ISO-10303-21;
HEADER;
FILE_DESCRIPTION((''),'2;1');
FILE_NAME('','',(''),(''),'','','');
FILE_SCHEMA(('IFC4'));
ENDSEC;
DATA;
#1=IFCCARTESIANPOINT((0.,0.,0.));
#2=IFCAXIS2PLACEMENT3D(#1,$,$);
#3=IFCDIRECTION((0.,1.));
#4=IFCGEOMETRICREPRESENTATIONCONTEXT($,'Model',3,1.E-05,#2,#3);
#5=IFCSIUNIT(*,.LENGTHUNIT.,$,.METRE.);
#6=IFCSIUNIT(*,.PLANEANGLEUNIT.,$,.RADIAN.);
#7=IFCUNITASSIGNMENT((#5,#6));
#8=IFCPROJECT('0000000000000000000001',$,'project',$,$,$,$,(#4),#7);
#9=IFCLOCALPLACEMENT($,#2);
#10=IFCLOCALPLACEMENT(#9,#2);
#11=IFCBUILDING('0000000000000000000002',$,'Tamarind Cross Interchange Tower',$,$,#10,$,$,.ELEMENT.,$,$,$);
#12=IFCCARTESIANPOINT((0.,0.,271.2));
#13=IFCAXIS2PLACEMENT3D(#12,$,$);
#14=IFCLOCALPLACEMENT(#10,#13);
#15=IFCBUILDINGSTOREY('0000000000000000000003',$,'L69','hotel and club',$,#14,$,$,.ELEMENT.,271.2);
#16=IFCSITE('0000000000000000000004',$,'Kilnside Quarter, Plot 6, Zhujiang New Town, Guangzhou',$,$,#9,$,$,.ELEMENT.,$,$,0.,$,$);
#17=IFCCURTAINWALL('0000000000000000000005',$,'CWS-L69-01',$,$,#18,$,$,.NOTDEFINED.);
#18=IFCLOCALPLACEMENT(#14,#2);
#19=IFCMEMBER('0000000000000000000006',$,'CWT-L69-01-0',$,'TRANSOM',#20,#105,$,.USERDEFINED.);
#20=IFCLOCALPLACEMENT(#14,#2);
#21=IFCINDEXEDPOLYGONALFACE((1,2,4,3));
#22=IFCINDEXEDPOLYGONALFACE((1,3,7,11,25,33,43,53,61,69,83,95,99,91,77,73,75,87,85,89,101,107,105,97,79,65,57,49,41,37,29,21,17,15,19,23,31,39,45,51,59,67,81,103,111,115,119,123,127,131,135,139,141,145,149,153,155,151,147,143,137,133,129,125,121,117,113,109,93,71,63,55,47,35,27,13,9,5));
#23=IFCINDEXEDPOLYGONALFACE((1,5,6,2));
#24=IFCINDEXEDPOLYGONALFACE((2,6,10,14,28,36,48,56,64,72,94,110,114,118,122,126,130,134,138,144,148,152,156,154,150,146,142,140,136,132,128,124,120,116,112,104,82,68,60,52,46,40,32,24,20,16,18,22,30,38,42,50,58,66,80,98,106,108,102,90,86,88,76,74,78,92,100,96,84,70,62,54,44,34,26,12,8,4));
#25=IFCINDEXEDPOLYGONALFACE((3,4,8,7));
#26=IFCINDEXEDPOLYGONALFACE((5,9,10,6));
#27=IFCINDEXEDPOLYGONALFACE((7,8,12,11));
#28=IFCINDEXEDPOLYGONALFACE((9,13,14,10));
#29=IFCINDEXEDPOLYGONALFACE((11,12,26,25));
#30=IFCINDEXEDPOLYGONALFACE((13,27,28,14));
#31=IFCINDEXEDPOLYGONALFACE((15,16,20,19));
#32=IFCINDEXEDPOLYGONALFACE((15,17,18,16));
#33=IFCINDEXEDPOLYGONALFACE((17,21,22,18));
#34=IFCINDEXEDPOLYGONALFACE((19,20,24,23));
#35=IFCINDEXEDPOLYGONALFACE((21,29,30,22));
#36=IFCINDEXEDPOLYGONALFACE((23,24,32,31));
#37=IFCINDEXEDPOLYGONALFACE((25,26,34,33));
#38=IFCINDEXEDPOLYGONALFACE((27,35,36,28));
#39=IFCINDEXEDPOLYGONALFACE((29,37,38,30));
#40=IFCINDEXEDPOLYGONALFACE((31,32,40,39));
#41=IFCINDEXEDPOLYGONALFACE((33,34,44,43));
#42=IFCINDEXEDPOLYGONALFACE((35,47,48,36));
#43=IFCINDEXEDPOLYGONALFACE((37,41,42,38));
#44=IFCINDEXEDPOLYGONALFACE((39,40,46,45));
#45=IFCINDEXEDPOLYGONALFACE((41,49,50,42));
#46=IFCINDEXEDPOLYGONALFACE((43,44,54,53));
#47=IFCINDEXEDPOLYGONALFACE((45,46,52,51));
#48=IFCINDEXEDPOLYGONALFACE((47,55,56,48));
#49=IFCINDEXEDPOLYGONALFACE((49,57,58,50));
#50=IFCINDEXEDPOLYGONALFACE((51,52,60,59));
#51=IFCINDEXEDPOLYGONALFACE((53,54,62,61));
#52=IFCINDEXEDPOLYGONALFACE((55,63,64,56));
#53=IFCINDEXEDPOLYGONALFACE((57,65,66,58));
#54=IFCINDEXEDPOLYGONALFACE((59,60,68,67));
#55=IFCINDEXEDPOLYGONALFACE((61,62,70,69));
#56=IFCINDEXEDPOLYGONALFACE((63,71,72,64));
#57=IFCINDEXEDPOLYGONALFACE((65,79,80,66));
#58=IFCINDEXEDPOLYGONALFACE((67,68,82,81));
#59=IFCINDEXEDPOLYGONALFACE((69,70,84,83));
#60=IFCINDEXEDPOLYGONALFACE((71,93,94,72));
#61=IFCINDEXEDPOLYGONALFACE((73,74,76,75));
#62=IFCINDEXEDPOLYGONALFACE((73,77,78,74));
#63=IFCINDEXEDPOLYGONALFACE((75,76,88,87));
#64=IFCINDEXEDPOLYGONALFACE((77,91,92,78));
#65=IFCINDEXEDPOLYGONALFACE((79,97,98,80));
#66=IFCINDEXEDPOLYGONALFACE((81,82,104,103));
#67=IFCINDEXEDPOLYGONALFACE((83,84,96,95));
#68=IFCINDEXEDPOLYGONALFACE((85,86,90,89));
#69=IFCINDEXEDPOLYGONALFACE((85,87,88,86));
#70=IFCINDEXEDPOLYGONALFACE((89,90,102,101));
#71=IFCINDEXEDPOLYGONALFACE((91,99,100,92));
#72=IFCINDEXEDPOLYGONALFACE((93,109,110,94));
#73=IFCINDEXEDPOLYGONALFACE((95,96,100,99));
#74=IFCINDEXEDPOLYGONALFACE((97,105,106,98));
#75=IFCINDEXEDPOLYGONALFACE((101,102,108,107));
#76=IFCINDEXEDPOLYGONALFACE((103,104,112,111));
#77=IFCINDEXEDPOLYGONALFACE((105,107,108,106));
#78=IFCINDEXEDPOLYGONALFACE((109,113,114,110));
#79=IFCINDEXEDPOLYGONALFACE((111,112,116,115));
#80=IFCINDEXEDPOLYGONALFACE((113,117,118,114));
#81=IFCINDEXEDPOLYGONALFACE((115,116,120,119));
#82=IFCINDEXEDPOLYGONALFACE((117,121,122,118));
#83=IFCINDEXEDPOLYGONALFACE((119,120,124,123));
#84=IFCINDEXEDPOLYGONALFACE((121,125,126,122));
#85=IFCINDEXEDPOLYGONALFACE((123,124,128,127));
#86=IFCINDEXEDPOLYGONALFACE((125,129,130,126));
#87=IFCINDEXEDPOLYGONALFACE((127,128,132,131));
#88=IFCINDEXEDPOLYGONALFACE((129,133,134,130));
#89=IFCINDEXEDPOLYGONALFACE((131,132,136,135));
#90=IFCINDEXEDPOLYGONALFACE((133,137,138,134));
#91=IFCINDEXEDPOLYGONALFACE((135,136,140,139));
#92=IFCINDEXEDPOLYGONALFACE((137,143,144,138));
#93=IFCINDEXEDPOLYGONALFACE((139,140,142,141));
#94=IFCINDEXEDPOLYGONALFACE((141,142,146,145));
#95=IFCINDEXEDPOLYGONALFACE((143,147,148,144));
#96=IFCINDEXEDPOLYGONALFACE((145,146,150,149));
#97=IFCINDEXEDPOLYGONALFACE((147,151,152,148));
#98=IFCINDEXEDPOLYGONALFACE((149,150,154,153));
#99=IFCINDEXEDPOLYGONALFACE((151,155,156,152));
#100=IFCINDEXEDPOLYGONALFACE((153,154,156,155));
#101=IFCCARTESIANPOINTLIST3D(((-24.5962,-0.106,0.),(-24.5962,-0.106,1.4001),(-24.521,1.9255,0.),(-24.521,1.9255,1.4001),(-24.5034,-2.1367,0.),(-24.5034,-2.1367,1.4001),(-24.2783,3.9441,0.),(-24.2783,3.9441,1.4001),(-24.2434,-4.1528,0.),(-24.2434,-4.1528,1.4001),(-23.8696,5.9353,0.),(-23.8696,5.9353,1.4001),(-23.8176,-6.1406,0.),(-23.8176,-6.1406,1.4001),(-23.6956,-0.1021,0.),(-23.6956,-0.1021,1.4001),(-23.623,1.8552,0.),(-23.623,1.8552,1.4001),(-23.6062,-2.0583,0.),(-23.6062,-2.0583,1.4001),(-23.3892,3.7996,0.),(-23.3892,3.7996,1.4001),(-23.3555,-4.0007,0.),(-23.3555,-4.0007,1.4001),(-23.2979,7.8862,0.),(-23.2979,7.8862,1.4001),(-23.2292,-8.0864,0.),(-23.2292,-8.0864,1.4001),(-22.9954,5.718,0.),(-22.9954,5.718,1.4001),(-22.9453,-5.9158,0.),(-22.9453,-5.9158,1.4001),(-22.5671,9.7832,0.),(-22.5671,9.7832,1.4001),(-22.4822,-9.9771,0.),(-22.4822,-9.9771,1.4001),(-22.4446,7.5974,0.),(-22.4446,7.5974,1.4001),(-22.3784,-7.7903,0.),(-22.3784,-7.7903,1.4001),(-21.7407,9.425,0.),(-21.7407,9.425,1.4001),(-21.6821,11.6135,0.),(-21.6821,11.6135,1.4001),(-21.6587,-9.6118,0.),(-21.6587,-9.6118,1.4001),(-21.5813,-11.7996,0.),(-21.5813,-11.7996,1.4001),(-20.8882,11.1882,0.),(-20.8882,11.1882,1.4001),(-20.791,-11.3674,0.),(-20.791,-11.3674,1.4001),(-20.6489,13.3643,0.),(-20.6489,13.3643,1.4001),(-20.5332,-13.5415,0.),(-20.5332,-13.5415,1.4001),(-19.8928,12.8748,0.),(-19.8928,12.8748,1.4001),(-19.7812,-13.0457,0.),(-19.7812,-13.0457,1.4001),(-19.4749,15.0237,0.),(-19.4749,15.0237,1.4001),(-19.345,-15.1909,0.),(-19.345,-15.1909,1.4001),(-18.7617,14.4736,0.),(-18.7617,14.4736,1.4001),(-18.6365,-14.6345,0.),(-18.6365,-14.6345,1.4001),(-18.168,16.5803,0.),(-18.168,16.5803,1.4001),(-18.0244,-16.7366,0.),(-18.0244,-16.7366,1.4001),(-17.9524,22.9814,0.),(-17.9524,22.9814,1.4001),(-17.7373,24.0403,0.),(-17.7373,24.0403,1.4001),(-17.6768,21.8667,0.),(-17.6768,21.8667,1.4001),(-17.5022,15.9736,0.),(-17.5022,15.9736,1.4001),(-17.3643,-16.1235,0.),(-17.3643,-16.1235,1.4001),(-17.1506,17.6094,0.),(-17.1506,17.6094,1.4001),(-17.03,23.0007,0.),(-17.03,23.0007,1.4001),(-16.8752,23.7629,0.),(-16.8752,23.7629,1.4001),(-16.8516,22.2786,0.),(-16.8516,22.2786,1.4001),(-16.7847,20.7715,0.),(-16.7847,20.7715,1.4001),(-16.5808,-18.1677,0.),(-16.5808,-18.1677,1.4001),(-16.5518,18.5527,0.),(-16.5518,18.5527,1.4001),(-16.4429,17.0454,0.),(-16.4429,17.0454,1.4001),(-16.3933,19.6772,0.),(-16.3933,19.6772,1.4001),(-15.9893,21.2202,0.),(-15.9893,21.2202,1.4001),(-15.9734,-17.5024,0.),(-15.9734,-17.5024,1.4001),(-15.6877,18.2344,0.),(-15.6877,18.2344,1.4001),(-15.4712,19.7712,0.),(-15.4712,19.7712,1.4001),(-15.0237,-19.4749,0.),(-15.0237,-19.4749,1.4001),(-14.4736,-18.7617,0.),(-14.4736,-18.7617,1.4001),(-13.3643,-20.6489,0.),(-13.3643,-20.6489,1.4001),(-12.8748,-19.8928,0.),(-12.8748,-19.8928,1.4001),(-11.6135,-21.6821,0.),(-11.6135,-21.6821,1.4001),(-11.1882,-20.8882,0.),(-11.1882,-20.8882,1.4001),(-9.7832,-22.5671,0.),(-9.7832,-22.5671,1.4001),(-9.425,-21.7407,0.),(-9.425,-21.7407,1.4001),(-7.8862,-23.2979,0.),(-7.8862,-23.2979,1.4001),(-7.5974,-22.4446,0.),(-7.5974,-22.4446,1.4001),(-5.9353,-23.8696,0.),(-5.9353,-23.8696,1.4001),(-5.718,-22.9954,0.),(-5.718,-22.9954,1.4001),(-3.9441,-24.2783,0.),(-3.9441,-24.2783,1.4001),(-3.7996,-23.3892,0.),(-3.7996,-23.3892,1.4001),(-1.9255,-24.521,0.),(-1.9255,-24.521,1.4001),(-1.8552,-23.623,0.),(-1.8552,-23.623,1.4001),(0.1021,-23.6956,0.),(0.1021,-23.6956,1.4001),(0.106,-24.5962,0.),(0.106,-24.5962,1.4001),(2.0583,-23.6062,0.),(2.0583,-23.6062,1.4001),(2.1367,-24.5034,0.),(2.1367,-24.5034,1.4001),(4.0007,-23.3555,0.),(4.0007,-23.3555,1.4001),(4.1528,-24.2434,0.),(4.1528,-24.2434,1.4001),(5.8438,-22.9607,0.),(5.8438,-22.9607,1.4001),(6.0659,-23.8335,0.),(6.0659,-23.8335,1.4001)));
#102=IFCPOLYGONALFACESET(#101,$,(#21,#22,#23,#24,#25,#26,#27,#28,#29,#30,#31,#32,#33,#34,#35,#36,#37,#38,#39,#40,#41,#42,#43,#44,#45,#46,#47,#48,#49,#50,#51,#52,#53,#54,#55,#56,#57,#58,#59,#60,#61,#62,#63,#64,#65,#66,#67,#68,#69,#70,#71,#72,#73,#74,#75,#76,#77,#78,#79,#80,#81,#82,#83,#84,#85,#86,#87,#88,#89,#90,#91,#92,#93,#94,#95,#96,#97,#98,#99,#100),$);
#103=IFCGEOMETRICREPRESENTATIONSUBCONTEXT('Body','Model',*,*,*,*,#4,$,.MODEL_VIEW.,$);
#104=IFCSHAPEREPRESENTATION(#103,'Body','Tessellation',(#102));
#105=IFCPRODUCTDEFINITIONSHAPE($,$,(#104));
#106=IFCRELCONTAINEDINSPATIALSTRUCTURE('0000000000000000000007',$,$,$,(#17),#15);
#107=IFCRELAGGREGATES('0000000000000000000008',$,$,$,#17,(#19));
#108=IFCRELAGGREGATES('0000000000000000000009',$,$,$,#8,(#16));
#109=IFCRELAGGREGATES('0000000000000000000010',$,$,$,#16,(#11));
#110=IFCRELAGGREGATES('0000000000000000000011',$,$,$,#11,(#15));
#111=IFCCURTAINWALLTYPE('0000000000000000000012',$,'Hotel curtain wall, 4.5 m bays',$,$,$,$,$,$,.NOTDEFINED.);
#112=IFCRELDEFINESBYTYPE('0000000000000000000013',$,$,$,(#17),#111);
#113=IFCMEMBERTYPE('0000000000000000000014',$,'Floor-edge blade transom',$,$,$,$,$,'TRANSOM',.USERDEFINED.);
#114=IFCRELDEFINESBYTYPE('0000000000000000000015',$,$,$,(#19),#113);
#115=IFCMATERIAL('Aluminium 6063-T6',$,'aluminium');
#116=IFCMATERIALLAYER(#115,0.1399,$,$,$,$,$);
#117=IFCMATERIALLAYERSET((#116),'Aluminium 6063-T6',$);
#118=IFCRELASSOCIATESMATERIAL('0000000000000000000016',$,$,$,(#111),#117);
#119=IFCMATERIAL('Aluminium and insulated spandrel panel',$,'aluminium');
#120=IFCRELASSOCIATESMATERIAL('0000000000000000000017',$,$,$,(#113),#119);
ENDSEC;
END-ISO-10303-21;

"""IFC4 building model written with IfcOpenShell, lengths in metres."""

from ifc_helpers import new_model, si_unit, direction, frame, origin, place, context, subcontext, project, spatial, polyline, outline, extrude, material, layer, layer_set, type_object, element, aggregate, save


model = new_model("IFC4")

# Units and contexts
model_context = context("Model", 3, precision=1e-05, world=origin(), true_north=direction((0.0, 1.0)))
body_context = subcontext(model_context, "Body", "Model", "MODEL_VIEW")
ifc_project = project(units=[si_unit("LENGTHUNIT", "METRE"), si_unit("PLANEANGLEUNIT", "RADIAN")], contexts=[model_context])

# Site, building, storey
site_placement = place(None, origin())
site = spatial("IfcSite", under=ifc_project, at=site_placement, Name="Kilnside Quarter, Plot 6, Zhujiang New Town, Guangzhou", CompositionType="ELEMENT", RefElevation=0.0)
building_placement = place(site_placement, origin())
building = spatial("IfcBuilding", under=site, at=building_placement, Name="Tamarind Cross Interchange Tower", CompositionType="ELEMENT")
storey_placement = place(building_placement, frame((0.0, 0.0, 271.2)))
storey = spatial("IfcBuildingStorey", under=building, at=storey_placement, Name="L69", Description="hotel and club", CompositionType="ELEMENT", Elevation=271.2)

# Curtain wall, member
ifc_material_1 = material(Name="Aluminium 6063-T6", Category="aluminium")
ifc_layer_1 = layer(ifc_material_1, 0.1399)
ifc_layer_set_1 = layer_set([ifc_layer_1], Name="Aluminium 6063-T6")
curtain_wall_type = type_object("IfcCurtainWallType", Name="Hotel curtain wall, 4.5 m bays", PredefinedType="NOTDEFINED", material=ifc_layer_set_1)
curtain_wall_placement = place(storey_placement, origin())
curtain_wall = element("IfcCurtainWall", 1, at=curtain_wall_placement, inside=storey, type_object=curtain_wall_type, Name="CWS-L69-01", PredefinedType="NOTDEFINED")
ifc_material_2 = material(Name="Aluminium and insulated spandrel panel", Category="aluminium")
member_type_1 = type_object("IfcMemberType", Name="Floor-edge blade transom", ElementType="TRANSOM", PredefinedType="USERDEFINED", material=ifc_material_2)
member_1_placement = place(storey_placement, origin())
member_1 = element("IfcMember", 2, at=member_1_placement, type_object=member_type_1, Name="CWT-L69-01-0", ObjectType="TRANSOM", PredefinedType="USERDEFINED", context=body_context, shape_type="SweptSolid", body=[
    extrude(outline(polyline([(-16.8752, 23.7629), (-17.03, 23.0007), (-16.8516, 22.2786), (-15.9893, 21.2202), (-15.4712, 19.7712), (-15.6877, 18.2344), (-16.4429, 17.0454), (-17.5022, 15.9736), (-18.7617, 14.4736), (-19.8928, 12.8748), (-20.8882, 11.1882), (-21.7407, 9.425), (-22.4446, 7.5974), (-22.9954, 5.718), (-23.3892, 3.7996), (-23.623, 1.8552), (-23.6956, -0.1021), (-23.6062, -2.0583), (-23.3555, -4.0007), (-22.9453, -5.9158), (-22.3784, -7.7903), (-21.6587, -9.6118), (-20.791, -11.3674), (-19.7812, -13.0457), (-18.6365, -14.6345), (-17.3643, -16.1235), (-15.9734, -17.5024), (-14.4736, -18.7617), (-12.8748, -19.8928), (-11.1882, -20.8882), (-9.425, -21.7407), (-7.5974, -22.4446), (-5.718, -22.9954), (-3.7996, -23.3892), (-1.8552, -23.623), (0.1021, -23.6956), (2.0583, -23.6062), (4.0007, -23.3555), (5.8438, -22.9607), (6.0659, -23.8335), (4.1528, -24.2434), (2.1367, -24.5034), (0.106, -24.5962), (-1.9255, -24.521), (-3.9441, -24.2783), (-5.9353, -23.8696), (-7.8862, -23.2979), (-9.7832, -22.5671), (-11.6135, -21.6821), (-13.3643, -20.6489), (-15.0237, -19.4749), (-16.5808, -18.1677), (-18.0244, -16.7366), (-19.345, -15.1909), (-20.5332, -13.5415), (-21.5813, -11.7996), (-22.4822, -9.9771), (-23.2292, -8.0864), (-23.8176, -6.1406), (-24.2434, -4.1528), (-24.5034, -2.1367), (-24.5962, -0.106), (-24.521, 1.9255), (-24.2783, 3.9441), (-23.8696, 5.9353), (-23.2979, 7.8862), (-22.5671, 9.7832), (-21.6821, 11.6135), (-20.6489, 13.3643), (-19.4749, 15.0237), (-18.168, 16.5803), (-17.1506, 17.6094), (-16.5518, 18.5527), (-16.3933, 19.6772), (-16.7847, 20.7715), (-17.6768, 21.8667), (-17.9524, 22.9814), (-17.7373, 24.0403), (-16.8752, 23.7629)])), origin(), (0.0, 0.0, 1.0), 1.4001),
])
aggregate(curtain_wall, [member_1])

save(model, "model.ifc")
